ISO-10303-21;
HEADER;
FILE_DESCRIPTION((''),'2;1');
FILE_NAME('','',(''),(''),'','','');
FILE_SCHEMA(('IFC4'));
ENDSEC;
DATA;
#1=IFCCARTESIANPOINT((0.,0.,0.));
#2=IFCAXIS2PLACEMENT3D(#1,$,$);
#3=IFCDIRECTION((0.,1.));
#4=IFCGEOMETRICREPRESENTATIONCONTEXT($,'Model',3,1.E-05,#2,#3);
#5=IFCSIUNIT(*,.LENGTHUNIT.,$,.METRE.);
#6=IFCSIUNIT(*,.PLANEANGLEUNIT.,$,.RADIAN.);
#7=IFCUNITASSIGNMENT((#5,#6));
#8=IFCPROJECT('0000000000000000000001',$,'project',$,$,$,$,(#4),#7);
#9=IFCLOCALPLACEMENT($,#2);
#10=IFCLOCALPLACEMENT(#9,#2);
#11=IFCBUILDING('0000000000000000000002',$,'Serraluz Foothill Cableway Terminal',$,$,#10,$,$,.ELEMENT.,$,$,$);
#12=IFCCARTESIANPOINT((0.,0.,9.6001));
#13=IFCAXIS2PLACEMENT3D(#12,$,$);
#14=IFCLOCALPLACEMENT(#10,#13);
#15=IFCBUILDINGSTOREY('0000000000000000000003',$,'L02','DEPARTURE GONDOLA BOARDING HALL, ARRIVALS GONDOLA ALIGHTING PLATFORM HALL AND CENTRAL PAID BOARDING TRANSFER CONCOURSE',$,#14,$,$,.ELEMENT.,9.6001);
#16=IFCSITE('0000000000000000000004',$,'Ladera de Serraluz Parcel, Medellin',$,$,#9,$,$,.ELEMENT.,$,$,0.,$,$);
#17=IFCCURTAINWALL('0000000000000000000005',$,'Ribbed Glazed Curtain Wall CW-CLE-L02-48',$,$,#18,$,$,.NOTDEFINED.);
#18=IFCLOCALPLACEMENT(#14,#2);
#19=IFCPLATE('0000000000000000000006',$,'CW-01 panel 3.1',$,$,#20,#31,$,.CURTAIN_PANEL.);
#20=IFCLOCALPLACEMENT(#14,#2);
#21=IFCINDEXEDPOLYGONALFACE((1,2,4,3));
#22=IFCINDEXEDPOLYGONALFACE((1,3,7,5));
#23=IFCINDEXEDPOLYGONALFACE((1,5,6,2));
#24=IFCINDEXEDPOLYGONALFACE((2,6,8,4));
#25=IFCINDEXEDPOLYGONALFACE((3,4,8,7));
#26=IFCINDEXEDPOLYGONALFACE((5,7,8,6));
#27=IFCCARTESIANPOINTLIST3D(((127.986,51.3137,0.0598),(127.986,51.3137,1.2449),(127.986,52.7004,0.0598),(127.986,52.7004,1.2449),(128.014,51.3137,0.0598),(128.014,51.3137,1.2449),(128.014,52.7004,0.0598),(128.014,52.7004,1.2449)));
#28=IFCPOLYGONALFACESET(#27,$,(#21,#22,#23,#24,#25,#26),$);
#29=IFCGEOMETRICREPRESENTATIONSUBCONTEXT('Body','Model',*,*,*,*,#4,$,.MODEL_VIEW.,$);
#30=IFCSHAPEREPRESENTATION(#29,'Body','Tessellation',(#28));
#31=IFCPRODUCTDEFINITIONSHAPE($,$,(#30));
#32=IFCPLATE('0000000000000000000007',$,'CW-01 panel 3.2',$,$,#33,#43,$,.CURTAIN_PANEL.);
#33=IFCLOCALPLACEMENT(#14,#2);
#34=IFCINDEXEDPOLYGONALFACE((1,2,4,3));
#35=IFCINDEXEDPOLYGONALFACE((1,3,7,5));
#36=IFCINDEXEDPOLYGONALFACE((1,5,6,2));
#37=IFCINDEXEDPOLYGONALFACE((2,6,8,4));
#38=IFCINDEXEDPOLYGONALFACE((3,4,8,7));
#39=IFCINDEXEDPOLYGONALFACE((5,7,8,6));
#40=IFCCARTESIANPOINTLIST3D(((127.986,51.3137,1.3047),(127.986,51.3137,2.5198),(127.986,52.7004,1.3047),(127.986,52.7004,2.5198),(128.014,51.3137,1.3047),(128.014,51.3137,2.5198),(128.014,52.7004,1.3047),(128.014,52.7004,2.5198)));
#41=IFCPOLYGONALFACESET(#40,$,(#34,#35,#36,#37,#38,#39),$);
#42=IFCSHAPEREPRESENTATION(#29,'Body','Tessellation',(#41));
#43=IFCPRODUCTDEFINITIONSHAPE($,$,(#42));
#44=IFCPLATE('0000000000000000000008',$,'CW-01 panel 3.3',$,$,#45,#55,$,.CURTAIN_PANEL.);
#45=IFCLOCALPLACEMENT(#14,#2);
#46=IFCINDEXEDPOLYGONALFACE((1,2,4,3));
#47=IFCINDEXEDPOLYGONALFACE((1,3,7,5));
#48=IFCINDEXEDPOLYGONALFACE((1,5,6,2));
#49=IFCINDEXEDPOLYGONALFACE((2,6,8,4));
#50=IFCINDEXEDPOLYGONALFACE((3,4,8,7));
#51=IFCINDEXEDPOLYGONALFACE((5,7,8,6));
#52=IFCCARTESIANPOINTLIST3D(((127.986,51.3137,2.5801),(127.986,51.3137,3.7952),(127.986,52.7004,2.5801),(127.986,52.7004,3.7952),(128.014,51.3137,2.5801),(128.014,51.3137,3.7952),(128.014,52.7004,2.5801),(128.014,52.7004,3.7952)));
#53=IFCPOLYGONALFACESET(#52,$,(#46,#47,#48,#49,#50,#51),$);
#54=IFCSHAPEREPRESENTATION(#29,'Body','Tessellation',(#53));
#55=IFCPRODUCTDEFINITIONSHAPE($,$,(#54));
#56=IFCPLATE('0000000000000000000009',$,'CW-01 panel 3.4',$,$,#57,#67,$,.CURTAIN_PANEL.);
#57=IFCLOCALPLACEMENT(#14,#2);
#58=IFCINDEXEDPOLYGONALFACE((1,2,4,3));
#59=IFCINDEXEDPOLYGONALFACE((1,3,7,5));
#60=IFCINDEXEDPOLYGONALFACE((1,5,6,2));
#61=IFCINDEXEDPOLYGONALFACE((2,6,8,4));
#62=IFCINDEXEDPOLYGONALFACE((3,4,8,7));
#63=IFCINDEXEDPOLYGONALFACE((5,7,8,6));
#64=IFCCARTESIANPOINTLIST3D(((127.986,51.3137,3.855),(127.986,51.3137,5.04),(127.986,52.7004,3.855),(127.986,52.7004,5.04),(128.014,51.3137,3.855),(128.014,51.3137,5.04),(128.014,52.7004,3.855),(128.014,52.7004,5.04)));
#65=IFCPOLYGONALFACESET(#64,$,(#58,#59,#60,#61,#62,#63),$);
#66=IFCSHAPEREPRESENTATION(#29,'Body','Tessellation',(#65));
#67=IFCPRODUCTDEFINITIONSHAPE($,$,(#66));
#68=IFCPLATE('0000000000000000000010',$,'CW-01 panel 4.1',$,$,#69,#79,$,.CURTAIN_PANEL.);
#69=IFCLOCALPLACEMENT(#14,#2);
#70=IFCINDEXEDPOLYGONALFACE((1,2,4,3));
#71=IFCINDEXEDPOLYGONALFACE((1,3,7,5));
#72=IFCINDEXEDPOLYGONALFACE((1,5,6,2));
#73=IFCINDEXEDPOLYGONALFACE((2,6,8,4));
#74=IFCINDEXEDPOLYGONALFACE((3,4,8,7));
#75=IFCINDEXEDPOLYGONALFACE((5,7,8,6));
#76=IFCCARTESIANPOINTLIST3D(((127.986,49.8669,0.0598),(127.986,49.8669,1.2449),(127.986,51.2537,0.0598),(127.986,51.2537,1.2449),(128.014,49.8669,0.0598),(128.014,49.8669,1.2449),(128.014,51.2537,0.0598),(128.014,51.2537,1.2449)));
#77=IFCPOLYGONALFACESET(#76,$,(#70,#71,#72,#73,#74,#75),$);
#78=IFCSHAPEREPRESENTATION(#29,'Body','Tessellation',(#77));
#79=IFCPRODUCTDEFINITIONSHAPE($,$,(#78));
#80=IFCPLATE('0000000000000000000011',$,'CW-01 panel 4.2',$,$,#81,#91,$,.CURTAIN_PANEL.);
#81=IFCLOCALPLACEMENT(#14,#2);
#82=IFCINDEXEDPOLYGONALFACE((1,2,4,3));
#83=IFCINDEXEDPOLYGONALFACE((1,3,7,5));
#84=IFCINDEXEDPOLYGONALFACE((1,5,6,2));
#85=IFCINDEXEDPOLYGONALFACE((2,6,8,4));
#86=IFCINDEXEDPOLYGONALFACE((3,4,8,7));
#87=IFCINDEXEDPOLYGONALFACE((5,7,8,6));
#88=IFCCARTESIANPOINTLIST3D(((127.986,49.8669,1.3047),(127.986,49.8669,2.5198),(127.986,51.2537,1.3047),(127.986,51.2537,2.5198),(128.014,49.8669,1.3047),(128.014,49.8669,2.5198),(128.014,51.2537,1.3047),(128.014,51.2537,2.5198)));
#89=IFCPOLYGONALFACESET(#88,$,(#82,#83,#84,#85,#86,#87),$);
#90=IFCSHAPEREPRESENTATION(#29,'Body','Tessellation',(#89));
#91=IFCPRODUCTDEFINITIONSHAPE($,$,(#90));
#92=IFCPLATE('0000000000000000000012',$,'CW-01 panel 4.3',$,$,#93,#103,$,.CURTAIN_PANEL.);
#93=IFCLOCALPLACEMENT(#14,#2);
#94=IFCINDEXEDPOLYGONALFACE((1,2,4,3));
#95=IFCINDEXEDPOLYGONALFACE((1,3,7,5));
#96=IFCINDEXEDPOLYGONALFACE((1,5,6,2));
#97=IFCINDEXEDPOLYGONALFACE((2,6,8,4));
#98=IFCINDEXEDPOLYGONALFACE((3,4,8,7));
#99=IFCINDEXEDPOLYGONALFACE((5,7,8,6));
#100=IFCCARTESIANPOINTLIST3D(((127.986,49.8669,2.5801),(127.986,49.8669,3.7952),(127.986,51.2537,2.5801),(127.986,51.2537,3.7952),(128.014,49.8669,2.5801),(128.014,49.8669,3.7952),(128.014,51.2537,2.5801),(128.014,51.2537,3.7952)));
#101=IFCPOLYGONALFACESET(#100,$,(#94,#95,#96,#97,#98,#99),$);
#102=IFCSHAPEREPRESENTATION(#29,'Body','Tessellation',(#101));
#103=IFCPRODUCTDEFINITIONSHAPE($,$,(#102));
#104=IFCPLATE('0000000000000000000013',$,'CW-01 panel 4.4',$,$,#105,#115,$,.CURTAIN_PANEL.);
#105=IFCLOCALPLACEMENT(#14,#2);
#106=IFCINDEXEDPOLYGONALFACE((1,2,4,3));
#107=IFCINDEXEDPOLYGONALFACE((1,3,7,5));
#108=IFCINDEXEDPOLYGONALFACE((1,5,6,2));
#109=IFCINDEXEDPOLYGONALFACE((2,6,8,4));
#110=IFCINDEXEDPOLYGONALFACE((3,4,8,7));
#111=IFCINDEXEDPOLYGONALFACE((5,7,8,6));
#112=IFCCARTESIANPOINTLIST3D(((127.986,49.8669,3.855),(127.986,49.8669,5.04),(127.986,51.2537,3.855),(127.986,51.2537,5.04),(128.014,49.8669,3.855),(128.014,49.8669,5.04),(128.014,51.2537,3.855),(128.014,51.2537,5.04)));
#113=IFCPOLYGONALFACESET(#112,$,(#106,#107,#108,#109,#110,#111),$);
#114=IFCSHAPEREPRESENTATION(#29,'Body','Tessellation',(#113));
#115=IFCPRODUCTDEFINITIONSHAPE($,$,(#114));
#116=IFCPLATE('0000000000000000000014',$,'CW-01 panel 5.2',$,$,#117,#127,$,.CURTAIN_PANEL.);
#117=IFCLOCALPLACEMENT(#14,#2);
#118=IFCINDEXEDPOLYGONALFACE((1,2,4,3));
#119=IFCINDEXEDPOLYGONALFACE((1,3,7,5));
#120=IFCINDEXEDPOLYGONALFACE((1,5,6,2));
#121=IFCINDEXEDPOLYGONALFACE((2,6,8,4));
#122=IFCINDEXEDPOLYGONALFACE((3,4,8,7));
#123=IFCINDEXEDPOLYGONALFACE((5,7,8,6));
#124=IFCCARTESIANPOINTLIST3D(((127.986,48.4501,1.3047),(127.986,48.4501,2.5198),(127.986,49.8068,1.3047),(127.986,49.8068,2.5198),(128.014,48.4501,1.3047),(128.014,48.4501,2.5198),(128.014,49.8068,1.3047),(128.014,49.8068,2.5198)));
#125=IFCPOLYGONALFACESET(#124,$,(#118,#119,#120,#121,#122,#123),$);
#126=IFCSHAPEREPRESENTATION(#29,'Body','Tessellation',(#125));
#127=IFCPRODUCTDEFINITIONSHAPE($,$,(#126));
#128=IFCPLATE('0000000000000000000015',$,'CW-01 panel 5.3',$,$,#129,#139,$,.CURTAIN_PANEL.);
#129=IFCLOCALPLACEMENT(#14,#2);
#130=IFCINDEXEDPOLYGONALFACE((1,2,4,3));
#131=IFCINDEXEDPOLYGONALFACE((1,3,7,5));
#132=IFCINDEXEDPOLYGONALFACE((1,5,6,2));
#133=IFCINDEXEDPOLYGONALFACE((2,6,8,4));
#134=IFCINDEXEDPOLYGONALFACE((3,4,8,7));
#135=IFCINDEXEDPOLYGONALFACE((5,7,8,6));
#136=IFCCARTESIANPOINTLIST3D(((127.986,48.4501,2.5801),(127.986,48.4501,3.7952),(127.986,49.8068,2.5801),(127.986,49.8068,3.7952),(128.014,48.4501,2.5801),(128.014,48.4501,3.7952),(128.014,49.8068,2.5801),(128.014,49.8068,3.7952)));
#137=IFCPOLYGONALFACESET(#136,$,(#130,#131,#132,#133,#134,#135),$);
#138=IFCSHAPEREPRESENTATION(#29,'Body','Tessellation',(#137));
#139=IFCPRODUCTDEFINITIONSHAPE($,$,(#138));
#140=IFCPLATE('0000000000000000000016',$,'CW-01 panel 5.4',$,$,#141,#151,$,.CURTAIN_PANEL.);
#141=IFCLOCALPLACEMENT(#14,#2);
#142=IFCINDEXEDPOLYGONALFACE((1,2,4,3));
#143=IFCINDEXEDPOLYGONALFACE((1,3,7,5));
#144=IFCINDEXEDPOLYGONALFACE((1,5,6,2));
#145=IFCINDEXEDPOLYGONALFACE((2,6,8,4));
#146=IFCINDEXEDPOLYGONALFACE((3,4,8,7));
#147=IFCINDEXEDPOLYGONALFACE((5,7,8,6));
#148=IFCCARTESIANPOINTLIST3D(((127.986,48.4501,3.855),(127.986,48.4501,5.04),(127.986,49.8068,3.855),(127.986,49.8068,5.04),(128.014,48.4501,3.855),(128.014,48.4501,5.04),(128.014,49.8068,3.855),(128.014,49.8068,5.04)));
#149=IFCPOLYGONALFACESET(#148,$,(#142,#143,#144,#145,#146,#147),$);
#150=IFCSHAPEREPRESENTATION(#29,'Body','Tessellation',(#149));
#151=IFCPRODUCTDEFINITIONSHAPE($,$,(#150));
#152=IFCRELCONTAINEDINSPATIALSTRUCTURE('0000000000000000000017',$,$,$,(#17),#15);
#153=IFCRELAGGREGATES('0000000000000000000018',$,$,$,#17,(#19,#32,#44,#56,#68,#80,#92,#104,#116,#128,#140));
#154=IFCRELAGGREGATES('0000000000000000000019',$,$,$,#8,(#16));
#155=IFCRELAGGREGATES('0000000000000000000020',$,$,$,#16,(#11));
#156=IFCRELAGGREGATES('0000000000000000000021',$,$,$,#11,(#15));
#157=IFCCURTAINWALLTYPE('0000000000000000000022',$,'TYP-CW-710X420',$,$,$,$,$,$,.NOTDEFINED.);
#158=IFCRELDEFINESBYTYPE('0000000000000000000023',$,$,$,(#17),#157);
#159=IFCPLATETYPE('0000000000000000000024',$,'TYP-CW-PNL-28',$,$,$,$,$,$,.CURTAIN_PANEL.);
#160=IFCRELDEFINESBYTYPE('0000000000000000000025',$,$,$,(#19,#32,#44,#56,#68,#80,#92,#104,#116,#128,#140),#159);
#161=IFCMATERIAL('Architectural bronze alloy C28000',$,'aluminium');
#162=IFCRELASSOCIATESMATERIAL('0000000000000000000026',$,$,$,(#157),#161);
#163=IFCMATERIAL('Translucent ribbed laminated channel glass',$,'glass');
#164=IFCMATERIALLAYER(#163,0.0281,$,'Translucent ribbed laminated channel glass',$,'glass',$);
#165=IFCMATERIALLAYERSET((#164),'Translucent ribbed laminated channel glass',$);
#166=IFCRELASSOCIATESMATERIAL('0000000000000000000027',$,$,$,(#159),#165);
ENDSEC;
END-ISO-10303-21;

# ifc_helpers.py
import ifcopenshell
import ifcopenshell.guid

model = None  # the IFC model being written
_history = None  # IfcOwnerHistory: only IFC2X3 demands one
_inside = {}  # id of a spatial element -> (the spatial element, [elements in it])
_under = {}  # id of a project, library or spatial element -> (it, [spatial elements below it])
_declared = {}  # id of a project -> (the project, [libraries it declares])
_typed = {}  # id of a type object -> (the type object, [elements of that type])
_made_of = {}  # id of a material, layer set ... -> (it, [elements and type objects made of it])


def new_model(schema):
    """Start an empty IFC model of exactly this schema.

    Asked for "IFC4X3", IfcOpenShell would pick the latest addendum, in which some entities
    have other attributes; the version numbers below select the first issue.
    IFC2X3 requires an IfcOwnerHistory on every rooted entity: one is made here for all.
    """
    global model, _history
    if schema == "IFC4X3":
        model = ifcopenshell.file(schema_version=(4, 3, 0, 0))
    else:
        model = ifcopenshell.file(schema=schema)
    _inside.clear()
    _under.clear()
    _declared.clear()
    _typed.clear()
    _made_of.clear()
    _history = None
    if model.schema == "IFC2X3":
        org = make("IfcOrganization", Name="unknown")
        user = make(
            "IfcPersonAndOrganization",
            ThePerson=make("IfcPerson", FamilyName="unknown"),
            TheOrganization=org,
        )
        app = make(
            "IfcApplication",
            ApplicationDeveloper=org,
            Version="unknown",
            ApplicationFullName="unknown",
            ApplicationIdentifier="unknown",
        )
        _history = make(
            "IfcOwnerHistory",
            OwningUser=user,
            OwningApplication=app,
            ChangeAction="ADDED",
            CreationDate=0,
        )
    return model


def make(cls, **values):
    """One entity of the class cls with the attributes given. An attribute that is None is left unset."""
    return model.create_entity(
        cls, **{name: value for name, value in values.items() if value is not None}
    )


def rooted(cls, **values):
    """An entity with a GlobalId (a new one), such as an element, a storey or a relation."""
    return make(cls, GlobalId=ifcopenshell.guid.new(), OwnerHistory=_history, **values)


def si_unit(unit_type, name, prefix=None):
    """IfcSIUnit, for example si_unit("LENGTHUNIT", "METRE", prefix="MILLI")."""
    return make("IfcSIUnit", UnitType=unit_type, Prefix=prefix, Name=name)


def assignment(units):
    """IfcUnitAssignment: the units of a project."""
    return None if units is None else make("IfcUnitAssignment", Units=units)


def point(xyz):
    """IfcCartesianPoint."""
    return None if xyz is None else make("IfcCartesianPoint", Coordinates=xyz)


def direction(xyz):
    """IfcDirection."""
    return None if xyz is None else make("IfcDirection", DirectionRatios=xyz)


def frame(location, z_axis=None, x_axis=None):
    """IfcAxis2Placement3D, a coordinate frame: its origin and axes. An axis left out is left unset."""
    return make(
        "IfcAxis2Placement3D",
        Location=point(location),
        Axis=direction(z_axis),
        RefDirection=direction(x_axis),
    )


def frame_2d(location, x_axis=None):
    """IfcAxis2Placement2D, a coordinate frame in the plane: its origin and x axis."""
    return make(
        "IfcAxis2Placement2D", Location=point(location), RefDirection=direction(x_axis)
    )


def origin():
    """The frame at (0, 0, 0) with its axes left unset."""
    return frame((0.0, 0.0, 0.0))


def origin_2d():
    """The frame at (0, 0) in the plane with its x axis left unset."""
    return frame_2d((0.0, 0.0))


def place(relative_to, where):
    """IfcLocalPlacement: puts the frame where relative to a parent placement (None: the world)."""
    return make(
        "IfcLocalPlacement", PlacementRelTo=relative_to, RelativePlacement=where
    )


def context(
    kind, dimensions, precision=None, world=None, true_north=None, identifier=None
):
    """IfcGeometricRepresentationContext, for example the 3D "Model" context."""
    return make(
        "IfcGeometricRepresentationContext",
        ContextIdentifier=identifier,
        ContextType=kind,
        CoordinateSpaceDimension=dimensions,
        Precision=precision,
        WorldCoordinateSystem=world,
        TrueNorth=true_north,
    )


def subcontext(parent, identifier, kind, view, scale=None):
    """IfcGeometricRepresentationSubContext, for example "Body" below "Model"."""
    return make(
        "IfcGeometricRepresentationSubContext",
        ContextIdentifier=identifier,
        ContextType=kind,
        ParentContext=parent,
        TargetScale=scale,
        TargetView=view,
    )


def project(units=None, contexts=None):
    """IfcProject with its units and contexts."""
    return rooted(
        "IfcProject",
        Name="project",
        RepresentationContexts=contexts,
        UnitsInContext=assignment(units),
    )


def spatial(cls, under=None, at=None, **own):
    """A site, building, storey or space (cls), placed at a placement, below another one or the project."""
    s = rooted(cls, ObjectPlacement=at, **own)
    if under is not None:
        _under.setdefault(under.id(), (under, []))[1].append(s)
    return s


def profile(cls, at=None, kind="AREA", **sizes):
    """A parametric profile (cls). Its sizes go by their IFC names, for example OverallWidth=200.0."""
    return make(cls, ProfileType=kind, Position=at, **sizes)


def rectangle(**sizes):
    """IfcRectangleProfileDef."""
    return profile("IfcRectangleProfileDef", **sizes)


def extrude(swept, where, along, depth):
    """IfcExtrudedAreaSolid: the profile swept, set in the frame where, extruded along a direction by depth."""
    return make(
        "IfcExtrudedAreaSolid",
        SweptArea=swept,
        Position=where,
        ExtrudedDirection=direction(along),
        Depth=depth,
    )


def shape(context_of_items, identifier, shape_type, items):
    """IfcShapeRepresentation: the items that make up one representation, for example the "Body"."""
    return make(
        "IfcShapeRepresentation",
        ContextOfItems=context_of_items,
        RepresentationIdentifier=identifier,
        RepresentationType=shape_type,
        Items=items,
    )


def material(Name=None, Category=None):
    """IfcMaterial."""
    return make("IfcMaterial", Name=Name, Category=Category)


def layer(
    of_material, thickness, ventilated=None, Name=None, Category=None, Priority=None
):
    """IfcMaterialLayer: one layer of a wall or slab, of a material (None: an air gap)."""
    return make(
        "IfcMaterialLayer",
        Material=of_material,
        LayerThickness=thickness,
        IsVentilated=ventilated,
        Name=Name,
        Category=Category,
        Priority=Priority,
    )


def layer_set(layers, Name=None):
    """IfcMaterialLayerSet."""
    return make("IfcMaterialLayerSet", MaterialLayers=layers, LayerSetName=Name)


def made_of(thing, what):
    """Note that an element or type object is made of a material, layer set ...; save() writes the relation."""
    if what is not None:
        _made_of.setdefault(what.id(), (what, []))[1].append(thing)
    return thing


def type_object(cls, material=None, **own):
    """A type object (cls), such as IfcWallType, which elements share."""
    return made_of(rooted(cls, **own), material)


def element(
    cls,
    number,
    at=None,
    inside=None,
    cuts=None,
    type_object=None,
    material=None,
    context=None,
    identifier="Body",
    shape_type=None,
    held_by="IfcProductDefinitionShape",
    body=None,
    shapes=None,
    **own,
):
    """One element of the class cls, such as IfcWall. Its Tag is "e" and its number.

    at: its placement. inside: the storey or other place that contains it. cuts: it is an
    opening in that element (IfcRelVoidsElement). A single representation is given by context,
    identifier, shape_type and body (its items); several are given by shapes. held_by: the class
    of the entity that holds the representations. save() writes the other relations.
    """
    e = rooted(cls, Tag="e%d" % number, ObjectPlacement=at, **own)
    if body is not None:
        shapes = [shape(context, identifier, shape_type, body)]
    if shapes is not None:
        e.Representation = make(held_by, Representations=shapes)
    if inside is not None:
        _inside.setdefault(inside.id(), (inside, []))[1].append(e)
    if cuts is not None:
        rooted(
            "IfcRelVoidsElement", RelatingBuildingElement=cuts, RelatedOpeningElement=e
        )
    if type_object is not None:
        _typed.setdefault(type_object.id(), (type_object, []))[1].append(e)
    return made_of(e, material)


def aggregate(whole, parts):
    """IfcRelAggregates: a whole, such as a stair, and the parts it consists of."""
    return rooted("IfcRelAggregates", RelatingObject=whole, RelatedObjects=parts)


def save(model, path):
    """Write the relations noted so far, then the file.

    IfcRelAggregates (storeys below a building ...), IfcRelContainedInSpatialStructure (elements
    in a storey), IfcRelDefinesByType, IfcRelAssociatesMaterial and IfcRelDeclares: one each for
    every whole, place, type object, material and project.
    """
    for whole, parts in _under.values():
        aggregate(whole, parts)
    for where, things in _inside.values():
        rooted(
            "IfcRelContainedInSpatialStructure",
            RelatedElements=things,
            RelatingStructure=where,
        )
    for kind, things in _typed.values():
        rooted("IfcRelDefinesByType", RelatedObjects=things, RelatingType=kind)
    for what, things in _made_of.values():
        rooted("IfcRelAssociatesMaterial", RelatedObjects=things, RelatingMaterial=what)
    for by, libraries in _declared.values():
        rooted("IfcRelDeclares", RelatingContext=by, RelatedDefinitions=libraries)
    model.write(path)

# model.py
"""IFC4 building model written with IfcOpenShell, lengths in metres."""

from ifc_helpers import new_model, si_unit, direction, frame, origin, origin_2d, place, context, subcontext, project, spatial, rectangle, extrude, material, layer, layer_set, type_object, element, aggregate, save


model = new_model("IFC4")

# Units and contexts
model_context = context("Model", 3, precision=1e-05, world=origin(), true_north=direction((0.0, 1.0)))
body_context = subcontext(model_context, "Body", "Model", "MODEL_VIEW")
ifc_project = project(units=[si_unit("LENGTHUNIT", "METRE"), si_unit("PLANEANGLEUNIT", "RADIAN")], contexts=[model_context])

# Site, building, storey
site_placement = place(None, origin())
site = spatial("IfcSite", under=ifc_project, at=site_placement, Name="Ladera de Serraluz Parcel, Medellin", CompositionType="ELEMENT", RefElevation=0.0)
building_placement = place(site_placement, origin())
building = spatial("IfcBuilding", under=site, at=building_placement, Name="Serraluz Foothill Cableway Terminal", CompositionType="ELEMENT")
storey_placement = place(building_placement, frame((0.0, 0.0, 9.6001)))
storey = spatial("IfcBuildingStorey", under=building, at=storey_placement, Name="L02", Description="DEPARTURE GONDOLA BOARDING HALL, ARRIVALS GONDOLA ALIGHTING PLATFORM HALL AND CENTRAL PAID BOARDING TRANSFER CONCOURSE", CompositionType="ELEMENT", Elevation=9.6001)

# Curtain wall, plates
ifc_material_1 = material(Name="Architectural bronze alloy C28000", Category="aluminium")
curtain_wall_type = type_object("IfcCurtainWallType", Name="TYP-CW-710X420", PredefinedType="NOTDEFINED", material=ifc_material_1)
curtain_wall_placement = place(storey_placement, origin())
curtain_wall = element("IfcCurtainWall", 1, at=curtain_wall_placement, inside=storey, type_object=curtain_wall_type, Name="Ribbed Glazed Curtain Wall CW-CLE-L02-48", PredefinedType="NOTDEFINED")
ifc_material_2 = material(Name="Translucent ribbed laminated channel glass", Category="glass")
ifc_layer = layer(ifc_material_2, 0.0281, Name="Translucent ribbed laminated channel glass", Category="glass")
ifc_layer_set = layer_set([ifc_layer], Name="Translucent ribbed laminated channel glass")
plate_type = type_object("IfcPlateType", Name="TYP-CW-PNL-28", PredefinedType="CURTAIN_PANEL", material=ifc_layer_set)
plate_1_placement = place(storey_placement, frame((128.0, 52.0071, 0.0598), z_axis=(0.0, 0.0, 1.0), x_axis=(0.0, -1.0, 0.0)))
plate_1 = element("IfcPlate", 2, at=plate_1_placement, type_object=plate_type, Name="CW-01 panel 3.1", PredefinedType="CURTAIN_PANEL", context=body_context, shape_type="SweptSolid", body=[
    extrude(rectangle(XDim=1.3867, YDim=0.0281, at=origin_2d()), origin(), (0.0, 0.0, 1.0), 1.1851),
])
plate_2_placement = place(storey_placement, frame((128.0, 52.0071, 1.3047), z_axis=(0.0, 0.0, 1.0), x_axis=(0.0, -1.0, 0.0)))
plate_2 = element("IfcPlate", 3, at=plate_2_placement, type_object=plate_type, Name="CW-01 panel 3.2", PredefinedType="CURTAIN_PANEL", context=body_context, shape_type="SweptSolid", body=[
    extrude(rectangle(XDim=1.3867, YDim=0.0281, at=origin_2d()), origin(), (0.0, 0.0, 1.0), 1.2151),
])
plate_3_placement = place(storey_placement, frame((128.0, 52.0071, 2.5801), z_axis=(0.0, 0.0, 1.0), x_axis=(0.0, -1.0, 0.0)))
plate_3 = element("IfcPlate", 4, at=plate_3_placement, type_object=plate_type, Name="CW-01 panel 3.3", PredefinedType="CURTAIN_PANEL", context=body_context, shape_type="SweptSolid", body=[
    extrude(rectangle(XDim=1.3867, YDim=0.0281, at=origin_2d()), origin(), (0.0, 0.0, 1.0), 1.2151),
])
plate_4_placement = place(storey_placement, frame((128.0, 52.0071, 3.855), z_axis=(0.0, 0.0, 1.0), x_axis=(0.0, -1.0, 0.0)))
plate_4 = element("IfcPlate", 5, at=plate_4_placement, type_object=plate_type, Name="CW-01 panel 3.4", PredefinedType="CURTAIN_PANEL", context=body_context, shape_type="SweptSolid", body=[
    extrude(rectangle(XDim=1.3867, YDim=0.0281, at=origin_2d()), origin(), (0.0, 0.0, 1.0), 1.1851),
])
plate_5_placement = place(storey_placement, frame((128.0, 50.5603, 0.0598), z_axis=(0.0, 0.0, 1.0), x_axis=(0.0, -1.0, 0.0)))
plate_5 = element("IfcPlate", 6, at=plate_5_placement, type_object=plate_type, Name="CW-01 panel 4.1", PredefinedType="CURTAIN_PANEL", context=body_context, shape_type="SweptSolid", body=[
    extrude(rectangle(XDim=1.3867, YDim=0.0281, at=origin_2d()), origin(), (0.0, 0.0, 1.0), 1.1851),
])
plate_6_placement = place(storey_placement, frame((128.0, 50.5603, 1.3047), z_axis=(0.0, 0.0, 1.0), x_axis=(0.0, -1.0, 0.0)))
plate_6 = element("IfcPlate", 7, at=plate_6_placement, type_object=plate_type, Name="CW-01 panel 4.2", PredefinedType="CURTAIN_PANEL", context=body_context, shape_type="SweptSolid", body=[
    extrude(rectangle(XDim=1.3867, YDim=0.0281, at=origin_2d()), origin(), (0.0, 0.0, 1.0), 1.2151),
])
plate_7_placement = place(storey_placement, frame((128.0, 50.5603, 2.5801), z_axis=(0.0, 0.0, 1.0), x_axis=(0.0, -1.0, 0.0)))
plate_7 = element("IfcPlate", 8, at=plate_7_placement, type_object=plate_type, Name="CW-01 panel 4.3", PredefinedType="CURTAIN_PANEL", context=body_context, shape_type="SweptSolid", body=[
    extrude(rectangle(XDim=1.3867, YDim=0.0281, at=origin_2d()), origin(), (0.0, 0.0, 1.0), 1.2151),
])
plate_8_placement = place(storey_placement, frame((128.0, 50.5603, 3.855), z_axis=(0.0, 0.0, 1.0), x_axis=(0.0, -1.0, 0.0)))
plate_8 = element("IfcPlate", 9, at=plate_8_placement, type_object=plate_type, Name="CW-01 panel 4.4", PredefinedType="CURTAIN_PANEL", context=body_context, shape_type="SweptSolid", body=[
    extrude(rectangle(XDim=1.3867, YDim=0.0281, at=origin_2d()), origin(), (0.0, 0.0, 1.0), 1.1851),
])
plate_9_placement = place(storey_placement, frame((128.0, 49.1284, 1.3047), z_axis=(0.0, 0.0, 1.0), x_axis=(0.0, -1.0, 0.0)))
plate_9 = element("IfcPlate", 10, at=plate_9_placement, type_object=plate_type, Name="CW-01 panel 5.2", PredefinedType="CURTAIN_PANEL", context=body_context, shape_type="SweptSolid", body=[
    extrude(rectangle(XDim=1.3567, YDim=0.0281, at=origin_2d()), origin(), (0.0, 0.0, 1.0), 1.2151),
])
plate_10_placement = place(storey_placement, frame((128.0, 49.1284, 2.5801), z_axis=(0.0, 0.0, 1.0), x_axis=(0.0, -1.0, 0.0)))
plate_10 = element("IfcPlate", 11, at=plate_10_placement, type_object=plate_type, Name="CW-01 panel 5.3", PredefinedType="CURTAIN_PANEL", context=body_context, shape_type="SweptSolid", body=[
    extrude(rectangle(XDim=1.3567, YDim=0.0281, at=origin_2d()), origin(), (0.0, 0.0, 1.0), 1.2151),
])
plate_11_placement = place(storey_placement, frame((128.0, 49.1284, 3.855), z_axis=(0.0, 0.0, 1.0), x_axis=(0.0, -1.0, 0.0)))
plate_11 = element("IfcPlate", 12, at=plate_11_placement, type_object=plate_type, Name="CW-01 panel 5.4", PredefinedType="CURTAIN_PANEL", context=body_context, shape_type="SweptSolid", body=[
    extrude(rectangle(XDim=1.3567, YDim=0.0281, at=origin_2d()), origin(), (0.0, 0.0, 1.0), 1.1851),
])
aggregate(curtain_wall, [plate_1, plate_2, plate_3, plate_4, plate_5, plate_6, plate_7, plate_8, plate_9, plate_10, plate_11])

save(model, "model.ifc")
